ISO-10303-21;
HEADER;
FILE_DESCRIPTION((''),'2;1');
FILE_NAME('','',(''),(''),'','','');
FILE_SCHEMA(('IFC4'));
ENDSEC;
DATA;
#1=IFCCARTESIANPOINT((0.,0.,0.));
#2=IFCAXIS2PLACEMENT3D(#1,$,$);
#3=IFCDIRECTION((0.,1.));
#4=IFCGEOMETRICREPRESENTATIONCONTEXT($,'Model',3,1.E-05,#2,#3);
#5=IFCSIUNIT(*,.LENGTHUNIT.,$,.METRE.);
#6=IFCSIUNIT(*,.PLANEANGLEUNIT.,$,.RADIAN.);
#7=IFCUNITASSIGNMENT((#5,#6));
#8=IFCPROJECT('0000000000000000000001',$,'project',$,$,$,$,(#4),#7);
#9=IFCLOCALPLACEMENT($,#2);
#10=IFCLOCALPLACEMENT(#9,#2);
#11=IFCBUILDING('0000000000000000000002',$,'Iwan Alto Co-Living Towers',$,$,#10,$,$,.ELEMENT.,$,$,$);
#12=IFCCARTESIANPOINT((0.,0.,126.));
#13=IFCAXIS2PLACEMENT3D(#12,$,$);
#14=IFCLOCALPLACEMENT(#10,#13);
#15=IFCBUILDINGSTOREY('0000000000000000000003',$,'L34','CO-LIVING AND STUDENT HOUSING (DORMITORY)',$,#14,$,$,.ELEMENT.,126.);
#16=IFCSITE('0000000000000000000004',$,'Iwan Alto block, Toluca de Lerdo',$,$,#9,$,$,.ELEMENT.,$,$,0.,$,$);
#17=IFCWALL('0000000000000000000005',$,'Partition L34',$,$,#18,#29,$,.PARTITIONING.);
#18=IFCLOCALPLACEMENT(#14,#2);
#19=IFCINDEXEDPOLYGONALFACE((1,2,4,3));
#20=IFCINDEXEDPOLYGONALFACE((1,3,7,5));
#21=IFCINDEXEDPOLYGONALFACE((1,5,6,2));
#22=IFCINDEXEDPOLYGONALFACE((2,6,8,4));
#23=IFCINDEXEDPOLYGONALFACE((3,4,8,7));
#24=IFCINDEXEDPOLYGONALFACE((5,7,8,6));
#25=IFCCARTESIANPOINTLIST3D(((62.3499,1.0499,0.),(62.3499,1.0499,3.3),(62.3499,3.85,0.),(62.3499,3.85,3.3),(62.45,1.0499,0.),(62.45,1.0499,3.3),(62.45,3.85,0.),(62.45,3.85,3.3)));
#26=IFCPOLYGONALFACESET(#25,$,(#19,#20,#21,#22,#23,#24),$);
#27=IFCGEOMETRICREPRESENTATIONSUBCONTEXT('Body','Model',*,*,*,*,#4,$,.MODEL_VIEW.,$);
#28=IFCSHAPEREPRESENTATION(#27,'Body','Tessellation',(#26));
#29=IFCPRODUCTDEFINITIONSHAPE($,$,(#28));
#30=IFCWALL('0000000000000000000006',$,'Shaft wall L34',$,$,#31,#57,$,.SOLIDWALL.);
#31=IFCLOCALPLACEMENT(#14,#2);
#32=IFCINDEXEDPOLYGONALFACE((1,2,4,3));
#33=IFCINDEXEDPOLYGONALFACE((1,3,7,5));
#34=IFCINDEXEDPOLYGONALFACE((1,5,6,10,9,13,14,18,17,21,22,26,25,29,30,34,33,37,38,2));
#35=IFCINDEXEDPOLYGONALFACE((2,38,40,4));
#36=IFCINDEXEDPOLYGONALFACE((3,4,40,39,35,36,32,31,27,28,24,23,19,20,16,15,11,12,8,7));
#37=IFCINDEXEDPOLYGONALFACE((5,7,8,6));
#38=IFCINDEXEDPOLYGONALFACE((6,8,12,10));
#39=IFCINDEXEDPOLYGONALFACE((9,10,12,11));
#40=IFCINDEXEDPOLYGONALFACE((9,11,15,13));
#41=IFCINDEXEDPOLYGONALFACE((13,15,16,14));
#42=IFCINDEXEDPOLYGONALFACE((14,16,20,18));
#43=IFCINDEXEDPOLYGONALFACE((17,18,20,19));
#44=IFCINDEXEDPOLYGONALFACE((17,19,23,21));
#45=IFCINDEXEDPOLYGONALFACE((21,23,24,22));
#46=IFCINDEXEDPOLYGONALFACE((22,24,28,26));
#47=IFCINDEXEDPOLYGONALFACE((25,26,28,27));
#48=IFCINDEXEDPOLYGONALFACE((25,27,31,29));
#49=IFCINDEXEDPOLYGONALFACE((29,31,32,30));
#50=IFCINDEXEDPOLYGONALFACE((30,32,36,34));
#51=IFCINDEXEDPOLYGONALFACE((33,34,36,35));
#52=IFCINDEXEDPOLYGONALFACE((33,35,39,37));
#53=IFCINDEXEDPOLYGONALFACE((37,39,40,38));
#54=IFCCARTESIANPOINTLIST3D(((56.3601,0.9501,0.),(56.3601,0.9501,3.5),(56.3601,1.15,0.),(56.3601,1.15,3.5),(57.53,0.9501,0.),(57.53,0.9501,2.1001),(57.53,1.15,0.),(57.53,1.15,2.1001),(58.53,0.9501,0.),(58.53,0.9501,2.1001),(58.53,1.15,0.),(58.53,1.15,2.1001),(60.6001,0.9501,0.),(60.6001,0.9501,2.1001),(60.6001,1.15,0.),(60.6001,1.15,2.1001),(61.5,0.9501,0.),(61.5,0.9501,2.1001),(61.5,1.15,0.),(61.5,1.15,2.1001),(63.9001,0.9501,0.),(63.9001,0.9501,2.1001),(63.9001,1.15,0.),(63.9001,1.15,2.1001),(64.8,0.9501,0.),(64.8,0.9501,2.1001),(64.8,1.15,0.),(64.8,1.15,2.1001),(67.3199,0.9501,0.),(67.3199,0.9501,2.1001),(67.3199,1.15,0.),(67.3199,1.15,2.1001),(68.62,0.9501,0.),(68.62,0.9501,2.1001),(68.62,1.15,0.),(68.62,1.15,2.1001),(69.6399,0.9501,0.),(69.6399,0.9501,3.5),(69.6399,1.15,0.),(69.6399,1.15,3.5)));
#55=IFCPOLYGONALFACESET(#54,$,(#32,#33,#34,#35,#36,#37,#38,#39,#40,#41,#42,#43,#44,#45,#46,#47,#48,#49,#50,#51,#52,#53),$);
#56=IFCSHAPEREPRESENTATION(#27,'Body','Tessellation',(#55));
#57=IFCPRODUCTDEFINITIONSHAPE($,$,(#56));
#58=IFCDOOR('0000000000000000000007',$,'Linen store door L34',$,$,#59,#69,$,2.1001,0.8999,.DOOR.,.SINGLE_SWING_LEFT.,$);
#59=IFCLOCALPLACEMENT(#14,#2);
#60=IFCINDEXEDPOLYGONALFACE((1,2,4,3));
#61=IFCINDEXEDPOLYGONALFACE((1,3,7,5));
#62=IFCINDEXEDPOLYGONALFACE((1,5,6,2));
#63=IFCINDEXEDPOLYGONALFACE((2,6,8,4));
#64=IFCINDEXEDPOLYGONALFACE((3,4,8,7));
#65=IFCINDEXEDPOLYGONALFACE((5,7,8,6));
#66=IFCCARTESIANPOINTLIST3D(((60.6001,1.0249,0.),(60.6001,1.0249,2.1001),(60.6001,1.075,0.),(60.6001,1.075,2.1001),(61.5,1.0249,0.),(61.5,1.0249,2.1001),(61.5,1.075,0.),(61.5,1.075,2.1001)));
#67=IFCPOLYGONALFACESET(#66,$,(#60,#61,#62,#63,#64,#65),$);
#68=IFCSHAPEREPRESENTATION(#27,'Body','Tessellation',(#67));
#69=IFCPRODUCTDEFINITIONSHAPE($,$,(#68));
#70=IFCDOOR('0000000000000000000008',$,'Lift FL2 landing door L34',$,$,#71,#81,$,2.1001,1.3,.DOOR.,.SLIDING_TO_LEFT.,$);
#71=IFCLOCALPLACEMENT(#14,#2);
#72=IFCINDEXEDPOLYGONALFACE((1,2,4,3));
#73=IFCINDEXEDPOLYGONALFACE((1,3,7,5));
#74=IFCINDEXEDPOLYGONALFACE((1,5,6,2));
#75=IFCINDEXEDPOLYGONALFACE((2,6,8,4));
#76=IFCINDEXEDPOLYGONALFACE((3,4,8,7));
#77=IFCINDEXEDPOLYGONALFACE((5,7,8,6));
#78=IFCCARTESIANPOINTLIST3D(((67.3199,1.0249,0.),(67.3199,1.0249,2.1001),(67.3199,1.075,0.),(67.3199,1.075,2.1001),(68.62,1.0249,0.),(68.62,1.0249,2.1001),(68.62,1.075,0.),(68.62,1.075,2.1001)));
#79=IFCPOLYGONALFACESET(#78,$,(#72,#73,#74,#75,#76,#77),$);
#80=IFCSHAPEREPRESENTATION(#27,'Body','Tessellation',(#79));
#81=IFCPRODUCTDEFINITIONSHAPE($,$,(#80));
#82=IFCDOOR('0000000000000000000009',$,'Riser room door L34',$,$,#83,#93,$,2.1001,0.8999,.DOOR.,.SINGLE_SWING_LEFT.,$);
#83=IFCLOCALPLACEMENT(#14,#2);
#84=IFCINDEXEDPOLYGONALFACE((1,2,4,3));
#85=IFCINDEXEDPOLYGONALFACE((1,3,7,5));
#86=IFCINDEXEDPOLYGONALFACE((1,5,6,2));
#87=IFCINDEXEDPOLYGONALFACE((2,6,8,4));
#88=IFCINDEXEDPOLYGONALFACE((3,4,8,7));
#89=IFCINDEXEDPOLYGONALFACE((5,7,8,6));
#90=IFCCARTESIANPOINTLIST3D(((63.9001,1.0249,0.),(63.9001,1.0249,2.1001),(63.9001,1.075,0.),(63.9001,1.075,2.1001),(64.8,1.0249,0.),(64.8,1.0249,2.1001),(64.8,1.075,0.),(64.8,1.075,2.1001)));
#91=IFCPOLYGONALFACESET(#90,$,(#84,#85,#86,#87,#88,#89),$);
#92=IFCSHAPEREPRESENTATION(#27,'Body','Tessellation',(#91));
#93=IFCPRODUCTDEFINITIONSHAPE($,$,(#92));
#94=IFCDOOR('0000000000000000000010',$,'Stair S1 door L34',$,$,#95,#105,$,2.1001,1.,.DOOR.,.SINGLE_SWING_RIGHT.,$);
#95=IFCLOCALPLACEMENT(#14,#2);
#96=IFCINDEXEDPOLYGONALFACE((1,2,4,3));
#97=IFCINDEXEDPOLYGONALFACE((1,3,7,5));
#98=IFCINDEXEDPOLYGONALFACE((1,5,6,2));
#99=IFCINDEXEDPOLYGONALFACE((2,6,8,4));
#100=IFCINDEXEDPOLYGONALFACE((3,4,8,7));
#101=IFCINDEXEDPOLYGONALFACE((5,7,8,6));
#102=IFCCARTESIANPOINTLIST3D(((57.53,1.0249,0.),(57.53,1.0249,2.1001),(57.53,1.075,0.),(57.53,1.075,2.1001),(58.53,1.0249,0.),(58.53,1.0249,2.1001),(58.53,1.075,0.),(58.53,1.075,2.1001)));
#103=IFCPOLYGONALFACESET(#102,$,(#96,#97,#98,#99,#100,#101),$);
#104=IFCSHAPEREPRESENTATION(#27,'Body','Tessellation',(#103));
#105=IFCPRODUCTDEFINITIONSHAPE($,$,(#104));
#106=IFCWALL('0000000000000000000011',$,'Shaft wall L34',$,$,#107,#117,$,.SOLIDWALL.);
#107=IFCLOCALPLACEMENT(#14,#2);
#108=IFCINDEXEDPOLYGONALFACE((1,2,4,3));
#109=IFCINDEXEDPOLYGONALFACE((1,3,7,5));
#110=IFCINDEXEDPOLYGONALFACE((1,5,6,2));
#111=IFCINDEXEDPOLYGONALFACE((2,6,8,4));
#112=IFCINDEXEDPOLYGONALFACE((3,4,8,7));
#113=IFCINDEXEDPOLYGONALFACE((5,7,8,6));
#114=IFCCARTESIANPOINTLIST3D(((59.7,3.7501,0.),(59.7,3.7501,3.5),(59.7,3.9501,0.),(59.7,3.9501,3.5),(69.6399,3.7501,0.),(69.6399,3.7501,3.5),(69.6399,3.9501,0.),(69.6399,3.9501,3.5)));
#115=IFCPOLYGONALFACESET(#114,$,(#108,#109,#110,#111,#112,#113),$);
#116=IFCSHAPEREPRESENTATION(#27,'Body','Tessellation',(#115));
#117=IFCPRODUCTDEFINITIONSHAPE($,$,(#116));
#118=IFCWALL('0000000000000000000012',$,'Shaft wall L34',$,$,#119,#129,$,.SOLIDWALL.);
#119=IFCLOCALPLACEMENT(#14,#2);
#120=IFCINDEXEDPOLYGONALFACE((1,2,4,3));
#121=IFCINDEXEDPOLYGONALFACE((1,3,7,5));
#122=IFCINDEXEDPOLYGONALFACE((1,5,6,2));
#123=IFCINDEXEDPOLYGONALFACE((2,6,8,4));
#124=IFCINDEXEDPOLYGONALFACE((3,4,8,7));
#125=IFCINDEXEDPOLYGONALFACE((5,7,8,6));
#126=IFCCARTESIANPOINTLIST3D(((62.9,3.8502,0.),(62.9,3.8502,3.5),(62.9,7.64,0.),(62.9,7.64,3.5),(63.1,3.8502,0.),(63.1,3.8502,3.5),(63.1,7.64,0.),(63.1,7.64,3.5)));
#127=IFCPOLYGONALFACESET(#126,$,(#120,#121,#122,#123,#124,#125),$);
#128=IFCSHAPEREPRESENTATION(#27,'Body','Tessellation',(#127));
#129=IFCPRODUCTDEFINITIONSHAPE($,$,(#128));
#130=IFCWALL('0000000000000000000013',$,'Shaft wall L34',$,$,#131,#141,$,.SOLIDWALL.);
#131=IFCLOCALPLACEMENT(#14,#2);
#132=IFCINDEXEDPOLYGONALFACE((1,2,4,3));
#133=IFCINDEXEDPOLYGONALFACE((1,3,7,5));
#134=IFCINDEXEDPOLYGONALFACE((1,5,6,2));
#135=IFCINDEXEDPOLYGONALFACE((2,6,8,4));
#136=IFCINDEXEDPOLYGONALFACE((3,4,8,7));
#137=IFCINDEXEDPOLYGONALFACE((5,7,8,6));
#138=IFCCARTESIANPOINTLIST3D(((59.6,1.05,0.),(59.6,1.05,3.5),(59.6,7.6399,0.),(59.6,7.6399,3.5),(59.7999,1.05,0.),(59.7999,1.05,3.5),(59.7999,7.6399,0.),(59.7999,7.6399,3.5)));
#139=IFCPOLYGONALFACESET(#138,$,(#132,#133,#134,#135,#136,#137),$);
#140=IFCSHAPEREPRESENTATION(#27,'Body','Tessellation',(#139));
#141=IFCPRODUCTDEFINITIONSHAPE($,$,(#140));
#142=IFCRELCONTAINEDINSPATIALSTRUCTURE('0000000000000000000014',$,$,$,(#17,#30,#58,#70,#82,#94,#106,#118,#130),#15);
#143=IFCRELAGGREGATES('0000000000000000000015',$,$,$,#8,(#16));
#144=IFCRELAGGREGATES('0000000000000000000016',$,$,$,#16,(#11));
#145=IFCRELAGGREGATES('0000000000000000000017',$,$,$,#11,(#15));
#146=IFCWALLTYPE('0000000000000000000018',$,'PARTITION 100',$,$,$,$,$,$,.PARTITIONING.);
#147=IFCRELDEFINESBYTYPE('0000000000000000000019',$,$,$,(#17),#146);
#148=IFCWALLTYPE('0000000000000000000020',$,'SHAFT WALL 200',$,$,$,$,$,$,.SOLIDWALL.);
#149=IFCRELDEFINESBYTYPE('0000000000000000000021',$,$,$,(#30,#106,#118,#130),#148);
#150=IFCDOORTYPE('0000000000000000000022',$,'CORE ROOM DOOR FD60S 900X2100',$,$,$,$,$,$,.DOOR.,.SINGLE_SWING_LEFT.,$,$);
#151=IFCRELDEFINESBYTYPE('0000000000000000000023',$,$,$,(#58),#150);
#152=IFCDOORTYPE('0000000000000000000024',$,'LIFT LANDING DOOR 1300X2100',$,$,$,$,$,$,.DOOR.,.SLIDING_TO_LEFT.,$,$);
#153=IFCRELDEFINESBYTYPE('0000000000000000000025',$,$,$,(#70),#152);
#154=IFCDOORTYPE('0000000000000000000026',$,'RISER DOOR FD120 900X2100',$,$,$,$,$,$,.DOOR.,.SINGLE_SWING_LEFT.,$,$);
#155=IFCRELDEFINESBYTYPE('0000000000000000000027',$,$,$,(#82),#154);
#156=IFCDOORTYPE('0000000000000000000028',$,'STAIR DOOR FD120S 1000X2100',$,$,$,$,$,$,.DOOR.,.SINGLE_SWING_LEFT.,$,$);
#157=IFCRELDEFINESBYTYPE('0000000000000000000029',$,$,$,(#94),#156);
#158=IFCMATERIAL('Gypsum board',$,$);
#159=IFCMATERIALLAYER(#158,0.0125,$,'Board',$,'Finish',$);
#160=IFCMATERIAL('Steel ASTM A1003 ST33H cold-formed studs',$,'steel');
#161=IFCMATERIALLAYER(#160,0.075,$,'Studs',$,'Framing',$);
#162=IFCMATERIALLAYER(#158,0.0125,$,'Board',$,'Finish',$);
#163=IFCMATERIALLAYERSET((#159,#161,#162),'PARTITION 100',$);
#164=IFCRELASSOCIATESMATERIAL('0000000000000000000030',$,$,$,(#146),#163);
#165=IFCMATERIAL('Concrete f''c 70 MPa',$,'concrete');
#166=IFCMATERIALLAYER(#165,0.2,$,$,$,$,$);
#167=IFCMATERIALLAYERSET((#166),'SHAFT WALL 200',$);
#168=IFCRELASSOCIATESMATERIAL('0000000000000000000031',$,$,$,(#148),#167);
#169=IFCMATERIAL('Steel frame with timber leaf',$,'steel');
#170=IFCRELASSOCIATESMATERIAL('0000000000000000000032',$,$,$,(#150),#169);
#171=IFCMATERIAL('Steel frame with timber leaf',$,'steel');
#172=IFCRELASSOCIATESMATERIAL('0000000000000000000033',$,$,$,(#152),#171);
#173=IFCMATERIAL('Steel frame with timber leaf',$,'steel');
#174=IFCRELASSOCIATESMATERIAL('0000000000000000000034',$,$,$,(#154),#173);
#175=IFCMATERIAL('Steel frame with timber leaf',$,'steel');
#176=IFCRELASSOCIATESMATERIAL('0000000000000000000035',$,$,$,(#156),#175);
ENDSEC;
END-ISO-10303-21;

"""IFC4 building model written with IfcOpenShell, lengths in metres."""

from ifc_helpers import new_model, si_unit, direction, frame, frame_2d, origin, place, context, subcontext, project, spatial, rectangle, extrude, material, layer, layer_set, type_object, element, fill, save


model = new_model("IFC4")

# Units and contexts
model_context = context("Model", 3, precision=1e-05, world=origin(), true_north=direction((0.0, 1.0)))
body_context = subcontext(model_context, "Body", "Model", "MODEL_VIEW")
ifc_project = project(units=[si_unit("LENGTHUNIT", "METRE"), si_unit("PLANEANGLEUNIT", "RADIAN")], contexts=[model_context])

# Site, building, storey
site_placement = place(None, origin())
site = spatial("IfcSite", under=ifc_project, at=site_placement, Name="Iwan Alto block, Toluca de Lerdo", CompositionType="ELEMENT", RefElevation=0.0)
building_placement = place(site_placement, origin())
building = spatial("IfcBuilding", under=site, at=building_placement, Name="Iwan Alto Co-Living Towers", CompositionType="ELEMENT")
storey_placement = place(building_placement, frame((0.0, 0.0, 126.0)))
storey = spatial("IfcBuildingStorey", under=building, at=storey_placement, Name="L34", Description="CO-LIVING AND STUDENT HOUSING (DORMITORY)", CompositionType="ELEMENT", Elevation=126.0)

# Wall
ifc_material_1 = material(Name="Gypsum board")
ifc_layer_1 = layer(ifc_material_1, 0.0125, Name="Board", Category="Finish")
ifc_material_2 = material(Name="Steel ASTM A1003 ST33H cold-formed studs", Category="steel")
ifc_layer_2 = layer(ifc_material_2, 0.075, Name="Studs", Category="Framing")
ifc_layer_3 = layer(ifc_material_1, 0.0125, Name="Board", Category="Finish")
ifc_layer_set_1 = layer_set([ifc_layer_1, ifc_layer_2, ifc_layer_3], Name="PARTITION 100")
wall_type_1 = type_object("IfcWallType", Name="PARTITION 100", PredefinedType="PARTITIONING", material=ifc_layer_set_1)
wall_1_placement = place(storey_placement, frame((62.3999, 1.05, 0.0), z_axis=(0.0, 0.0, 1.0), x_axis=(0.0, 1.0, 0.0)))
element("IfcWall", 1, at=wall_1_placement, inside=storey, type_object=wall_type_1, Name="Partition L34", PredefinedType="PARTITIONING", context=body_context, shape_type="SweptSolid", body=[
    extrude(rectangle(XDim=2.8, YDim=0.1001, at=frame_2d((1.3999, 0.0))), origin(), (0.0, 0.0, 1.0), 3.3),
])

# Wall, openings, doors
ifc_material_3 = material(Name="Concrete f'c 70 MPa", Category="concrete")
ifc_layer_4 = layer(ifc_material_3, 0.2)
ifc_layer_set_2 = layer_set([ifc_layer_4], Name="SHAFT WALL 200")
wall_type_2 = type_object("IfcWallType", Name="SHAFT WALL 200", PredefinedType="SOLIDWALL", material=ifc_layer_set_2)
wall_2_placement = place(storey_placement, frame((56.3601, 1.05, 0.0), z_axis=(0.0, 0.0, 1.0), x_axis=(1.0, 0.0, 0.0)))
wall_2 = element("IfcWall", 2, at=wall_2_placement, inside=storey, type_object=wall_type_2, Name="Shaft wall L34", PredefinedType="SOLIDWALL", context=body_context, shape_type="SweptSolid", body=[
    extrude(rectangle(XDim=13.2798, YDim=0.2, at=frame_2d((6.6399, 0.0))), origin(), (0.0, 0.0, 1.0), 3.5),
])
opening_1_placement = place(wall_2_placement, frame((1.1699, 0.0, 0.0)))
opening_1 = element("IfcOpeningElement", 3, at=opening_1_placement, cuts=wall_2, PredefinedType="OPENING", context=body_context, shape_type="SweptSolid", body=[
    extrude(rectangle(XDim=1.0, YDim=2.1001, at=frame_2d((0.5, 1.05))), frame((0.0, 0.1099, 0.0), z_axis=(0.0, -1.0, 0.0), x_axis=(1.0, 0.0, 0.0)), (0.0, 0.0, 1.0), 0.22),
])
opening_2_placement = place(wall_2_placement, frame((7.54, 0.0, 0.0)))
opening_2 = element("IfcOpeningElement", 4, at=opening_2_placement, cuts=wall_2, PredefinedType="OPENING", context=body_context, shape_type="SweptSolid", body=[
    extrude(rectangle(XDim=0.8999, YDim=2.1001, at=frame_2d((0.45, 1.05))), frame((0.0, 0.1099, 0.0), z_axis=(0.0, -1.0, 0.0), x_axis=(1.0, 0.0, 0.0)), (0.0, 0.0, 1.0), 0.22),
])
opening_3_placement = place(wall_2_placement, frame((4.24, 0.0, 0.0)))
opening_3 = element("IfcOpeningElement", 5, at=opening_3_placement, cuts=wall_2, PredefinedType="OPENING", context=body_context, shape_type="SweptSolid", body=[
    extrude(rectangle(XDim=0.8999, YDim=2.1001, at=frame_2d((0.45, 1.05))), frame((0.0, 0.1099, 0.0), z_axis=(0.0, -1.0, 0.0), x_axis=(1.0, 0.0, 0.0)), (0.0, 0.0, 1.0), 0.22),
])
opening_4_placement = place(wall_2_placement, frame((10.96, 0.0, 0.0)))
opening_4 = element("IfcOpeningElement", 6, at=opening_4_placement, cuts=wall_2, PredefinedType="OPENING", context=body_context, shape_type="SweptSolid", body=[
    extrude(rectangle(XDim=1.3, YDim=2.1001, at=frame_2d((0.6499, 1.05))), frame((0.0, 0.1099, 0.0), z_axis=(0.0, -1.0, 0.0), x_axis=(1.0, 0.0, 0.0)), (0.0, 0.0, 1.0), 0.22),
])
ifc_material_4 = material(Name="Steel frame with timber leaf", Category="steel")
door_type_1 = type_object("IfcDoorType", Name="CORE ROOM DOOR FD60S 900X2100", OperationType="SINGLE_SWING_LEFT", PredefinedType="DOOR", material=ifc_material_4)
door_1_placement = place(opening_3_placement, origin())
door_1 = element("IfcDoor", 7, at=door_1_placement, inside=storey, type_object=door_type_1, Name="Linen store door L34", OperationType="SINGLE_SWING_LEFT", OverallHeight=2.1001, OverallWidth=0.8999, PredefinedType="DOOR", context=body_context, shape_type="SweptSolid", body=[
    extrude(rectangle(XDim=0.8999, YDim=2.1001, at=frame_2d((0.45, 1.05))), frame((0.0, 0.0249, 0.0), z_axis=(0.0, -1.0, 0.0), x_axis=(1.0, 0.0, 0.0)), (0.0, 0.0, 1.0), 0.05),
])
fill(opening_3, door_1)
ifc_material_5 = material(Name="Steel frame with timber leaf", Category="steel")
door_type_2 = type_object("IfcDoorType", Name="LIFT LANDING DOOR 1300X2100", OperationType="SLIDING_TO_LEFT", PredefinedType="DOOR", material=ifc_material_5)
door_2_placement = place(opening_4_placement, origin())
door_2 = element("IfcDoor", 8, at=door_2_placement, inside=storey, type_object=door_type_2, Name="Lift FL2 landing door L34", OperationType="SLIDING_TO_LEFT", OverallHeight=2.1001, OverallWidth=1.3, PredefinedType="DOOR", context=body_context, shape_type="SweptSolid", body=[
    extrude(rectangle(XDim=1.3, YDim=2.1001, at=frame_2d((0.6499, 1.05))), frame((0.0, 0.0249, 0.0), z_axis=(0.0, -1.0, 0.0), x_axis=(1.0, 0.0, 0.0)), (0.0, 0.0, 1.0), 0.05),
])
fill(opening_4, door_2)
ifc_material_6 = material(Name="Steel frame with timber leaf", Category="steel")
door_type_3 = type_object("IfcDoorType", Name="RISER DOOR FD120 900X2100", OperationType="SINGLE_SWING_LEFT", PredefinedType="DOOR", material=ifc_material_6)
door_3_placement = place(opening_2_placement, origin())
door_3 = element("IfcDoor", 9, at=door_3_placement, inside=storey, type_object=door_type_3, Name="Riser room door L34", OperationType="SINGLE_SWING_LEFT", OverallHeight=2.1001, OverallWidth=0.8999, PredefinedType="DOOR", context=body_context, shape_type="SweptSolid", body=[
    extrude(rectangle(XDim=0.8999, YDim=2.1001, at=frame_2d((0.45, 1.05))), frame((0.0, 0.0249, 0.0), z_axis=(0.0, -1.0, 0.0), x_axis=(1.0, 0.0, 0.0)), (0.0, 0.0, 1.0), 0.05),
])
fill(opening_2, door_3)
ifc_material_7 = material(Name="Steel frame with timber leaf", Category="steel")
door_type_4 = type_object("IfcDoorType", Name="STAIR DOOR FD120S 1000X2100", OperationType="SINGLE_SWING_LEFT", PredefinedType="DOOR", material=ifc_material_7)
door_4_placement = place(opening_1_placement, origin())
door_4 = element("IfcDoor", 10, at=door_4_placement, inside=storey, type_object=door_type_4, Name="Stair S1 door L34", OperationType="SINGLE_SWING_RIGHT", OverallHeight=2.1001, OverallWidth=1.0, PredefinedType="DOOR", context=body_context, shape_type="SweptSolid", body=[
    extrude(rectangle(XDim=1.0, YDim=2.1001, at=frame_2d((0.5, 1.05))), frame((0.0, 0.0249, 0.0), z_axis=(0.0, -1.0, 0.0), x_axis=(1.0, 0.0, 0.0)), (0.0, 0.0, 1.0), 0.05),
])
fill(opening_1, door_4)

# Walls
wall_3_placement = place(storey_placement, frame((59.7, 3.8501, 0.0), z_axis=(0.0, 0.0, 1.0), x_axis=(1.0, 0.0, 0.0)))
element("IfcWall", 11, at=wall_3_placement, inside=storey, type_object=wall_type_2, Name="Shaft wall L34", PredefinedType="SOLIDWALL", context=body_context, shape_type="SweptSolid", body=[
    extrude(rectangle(XDim=9.9399, YDim=0.2, at=frame_2d((4.97, 0.0))), origin(), (0.0, 0.0, 1.0), 3.5),
])
wall_4_placement = place(storey_placement, frame((63.0, 3.8501, 0.0), z_axis=(0.0, 0.0, 1.0), x_axis=(0.0, 1.0, 0.0)))
element("IfcWall", 12, at=wall_4_placement, inside=storey, type_object=wall_type_2, Name="Shaft wall L34", PredefinedType="SOLIDWALL", context=body_context, shape_type="SweptSolid", body=[
    extrude(rectangle(XDim=3.7898, YDim=0.2, at=frame_2d((1.895, 0.0))), origin(), (0.0, 0.0, 1.0), 3.5),
])
wall_5_placement = place(storey_placement, frame((59.7, 1.05, 0.0), z_axis=(0.0, 0.0, 1.0), x_axis=(0.0, 1.0, 0.0)))
element("IfcWall", 13, at=wall_5_placement, inside=storey, type_object=wall_type_2, Name="Shaft wall L34", PredefinedType="SOLIDWALL", context=body_context, shape_type="SweptSolid", body=[
    extrude(rectangle(XDim=6.5898, YDim=0.2, at=frame_2d((3.2949, 0.0))), origin(), (0.0, 0.0, 1.0), 3.5),
])

save(model, "model.ifc")
